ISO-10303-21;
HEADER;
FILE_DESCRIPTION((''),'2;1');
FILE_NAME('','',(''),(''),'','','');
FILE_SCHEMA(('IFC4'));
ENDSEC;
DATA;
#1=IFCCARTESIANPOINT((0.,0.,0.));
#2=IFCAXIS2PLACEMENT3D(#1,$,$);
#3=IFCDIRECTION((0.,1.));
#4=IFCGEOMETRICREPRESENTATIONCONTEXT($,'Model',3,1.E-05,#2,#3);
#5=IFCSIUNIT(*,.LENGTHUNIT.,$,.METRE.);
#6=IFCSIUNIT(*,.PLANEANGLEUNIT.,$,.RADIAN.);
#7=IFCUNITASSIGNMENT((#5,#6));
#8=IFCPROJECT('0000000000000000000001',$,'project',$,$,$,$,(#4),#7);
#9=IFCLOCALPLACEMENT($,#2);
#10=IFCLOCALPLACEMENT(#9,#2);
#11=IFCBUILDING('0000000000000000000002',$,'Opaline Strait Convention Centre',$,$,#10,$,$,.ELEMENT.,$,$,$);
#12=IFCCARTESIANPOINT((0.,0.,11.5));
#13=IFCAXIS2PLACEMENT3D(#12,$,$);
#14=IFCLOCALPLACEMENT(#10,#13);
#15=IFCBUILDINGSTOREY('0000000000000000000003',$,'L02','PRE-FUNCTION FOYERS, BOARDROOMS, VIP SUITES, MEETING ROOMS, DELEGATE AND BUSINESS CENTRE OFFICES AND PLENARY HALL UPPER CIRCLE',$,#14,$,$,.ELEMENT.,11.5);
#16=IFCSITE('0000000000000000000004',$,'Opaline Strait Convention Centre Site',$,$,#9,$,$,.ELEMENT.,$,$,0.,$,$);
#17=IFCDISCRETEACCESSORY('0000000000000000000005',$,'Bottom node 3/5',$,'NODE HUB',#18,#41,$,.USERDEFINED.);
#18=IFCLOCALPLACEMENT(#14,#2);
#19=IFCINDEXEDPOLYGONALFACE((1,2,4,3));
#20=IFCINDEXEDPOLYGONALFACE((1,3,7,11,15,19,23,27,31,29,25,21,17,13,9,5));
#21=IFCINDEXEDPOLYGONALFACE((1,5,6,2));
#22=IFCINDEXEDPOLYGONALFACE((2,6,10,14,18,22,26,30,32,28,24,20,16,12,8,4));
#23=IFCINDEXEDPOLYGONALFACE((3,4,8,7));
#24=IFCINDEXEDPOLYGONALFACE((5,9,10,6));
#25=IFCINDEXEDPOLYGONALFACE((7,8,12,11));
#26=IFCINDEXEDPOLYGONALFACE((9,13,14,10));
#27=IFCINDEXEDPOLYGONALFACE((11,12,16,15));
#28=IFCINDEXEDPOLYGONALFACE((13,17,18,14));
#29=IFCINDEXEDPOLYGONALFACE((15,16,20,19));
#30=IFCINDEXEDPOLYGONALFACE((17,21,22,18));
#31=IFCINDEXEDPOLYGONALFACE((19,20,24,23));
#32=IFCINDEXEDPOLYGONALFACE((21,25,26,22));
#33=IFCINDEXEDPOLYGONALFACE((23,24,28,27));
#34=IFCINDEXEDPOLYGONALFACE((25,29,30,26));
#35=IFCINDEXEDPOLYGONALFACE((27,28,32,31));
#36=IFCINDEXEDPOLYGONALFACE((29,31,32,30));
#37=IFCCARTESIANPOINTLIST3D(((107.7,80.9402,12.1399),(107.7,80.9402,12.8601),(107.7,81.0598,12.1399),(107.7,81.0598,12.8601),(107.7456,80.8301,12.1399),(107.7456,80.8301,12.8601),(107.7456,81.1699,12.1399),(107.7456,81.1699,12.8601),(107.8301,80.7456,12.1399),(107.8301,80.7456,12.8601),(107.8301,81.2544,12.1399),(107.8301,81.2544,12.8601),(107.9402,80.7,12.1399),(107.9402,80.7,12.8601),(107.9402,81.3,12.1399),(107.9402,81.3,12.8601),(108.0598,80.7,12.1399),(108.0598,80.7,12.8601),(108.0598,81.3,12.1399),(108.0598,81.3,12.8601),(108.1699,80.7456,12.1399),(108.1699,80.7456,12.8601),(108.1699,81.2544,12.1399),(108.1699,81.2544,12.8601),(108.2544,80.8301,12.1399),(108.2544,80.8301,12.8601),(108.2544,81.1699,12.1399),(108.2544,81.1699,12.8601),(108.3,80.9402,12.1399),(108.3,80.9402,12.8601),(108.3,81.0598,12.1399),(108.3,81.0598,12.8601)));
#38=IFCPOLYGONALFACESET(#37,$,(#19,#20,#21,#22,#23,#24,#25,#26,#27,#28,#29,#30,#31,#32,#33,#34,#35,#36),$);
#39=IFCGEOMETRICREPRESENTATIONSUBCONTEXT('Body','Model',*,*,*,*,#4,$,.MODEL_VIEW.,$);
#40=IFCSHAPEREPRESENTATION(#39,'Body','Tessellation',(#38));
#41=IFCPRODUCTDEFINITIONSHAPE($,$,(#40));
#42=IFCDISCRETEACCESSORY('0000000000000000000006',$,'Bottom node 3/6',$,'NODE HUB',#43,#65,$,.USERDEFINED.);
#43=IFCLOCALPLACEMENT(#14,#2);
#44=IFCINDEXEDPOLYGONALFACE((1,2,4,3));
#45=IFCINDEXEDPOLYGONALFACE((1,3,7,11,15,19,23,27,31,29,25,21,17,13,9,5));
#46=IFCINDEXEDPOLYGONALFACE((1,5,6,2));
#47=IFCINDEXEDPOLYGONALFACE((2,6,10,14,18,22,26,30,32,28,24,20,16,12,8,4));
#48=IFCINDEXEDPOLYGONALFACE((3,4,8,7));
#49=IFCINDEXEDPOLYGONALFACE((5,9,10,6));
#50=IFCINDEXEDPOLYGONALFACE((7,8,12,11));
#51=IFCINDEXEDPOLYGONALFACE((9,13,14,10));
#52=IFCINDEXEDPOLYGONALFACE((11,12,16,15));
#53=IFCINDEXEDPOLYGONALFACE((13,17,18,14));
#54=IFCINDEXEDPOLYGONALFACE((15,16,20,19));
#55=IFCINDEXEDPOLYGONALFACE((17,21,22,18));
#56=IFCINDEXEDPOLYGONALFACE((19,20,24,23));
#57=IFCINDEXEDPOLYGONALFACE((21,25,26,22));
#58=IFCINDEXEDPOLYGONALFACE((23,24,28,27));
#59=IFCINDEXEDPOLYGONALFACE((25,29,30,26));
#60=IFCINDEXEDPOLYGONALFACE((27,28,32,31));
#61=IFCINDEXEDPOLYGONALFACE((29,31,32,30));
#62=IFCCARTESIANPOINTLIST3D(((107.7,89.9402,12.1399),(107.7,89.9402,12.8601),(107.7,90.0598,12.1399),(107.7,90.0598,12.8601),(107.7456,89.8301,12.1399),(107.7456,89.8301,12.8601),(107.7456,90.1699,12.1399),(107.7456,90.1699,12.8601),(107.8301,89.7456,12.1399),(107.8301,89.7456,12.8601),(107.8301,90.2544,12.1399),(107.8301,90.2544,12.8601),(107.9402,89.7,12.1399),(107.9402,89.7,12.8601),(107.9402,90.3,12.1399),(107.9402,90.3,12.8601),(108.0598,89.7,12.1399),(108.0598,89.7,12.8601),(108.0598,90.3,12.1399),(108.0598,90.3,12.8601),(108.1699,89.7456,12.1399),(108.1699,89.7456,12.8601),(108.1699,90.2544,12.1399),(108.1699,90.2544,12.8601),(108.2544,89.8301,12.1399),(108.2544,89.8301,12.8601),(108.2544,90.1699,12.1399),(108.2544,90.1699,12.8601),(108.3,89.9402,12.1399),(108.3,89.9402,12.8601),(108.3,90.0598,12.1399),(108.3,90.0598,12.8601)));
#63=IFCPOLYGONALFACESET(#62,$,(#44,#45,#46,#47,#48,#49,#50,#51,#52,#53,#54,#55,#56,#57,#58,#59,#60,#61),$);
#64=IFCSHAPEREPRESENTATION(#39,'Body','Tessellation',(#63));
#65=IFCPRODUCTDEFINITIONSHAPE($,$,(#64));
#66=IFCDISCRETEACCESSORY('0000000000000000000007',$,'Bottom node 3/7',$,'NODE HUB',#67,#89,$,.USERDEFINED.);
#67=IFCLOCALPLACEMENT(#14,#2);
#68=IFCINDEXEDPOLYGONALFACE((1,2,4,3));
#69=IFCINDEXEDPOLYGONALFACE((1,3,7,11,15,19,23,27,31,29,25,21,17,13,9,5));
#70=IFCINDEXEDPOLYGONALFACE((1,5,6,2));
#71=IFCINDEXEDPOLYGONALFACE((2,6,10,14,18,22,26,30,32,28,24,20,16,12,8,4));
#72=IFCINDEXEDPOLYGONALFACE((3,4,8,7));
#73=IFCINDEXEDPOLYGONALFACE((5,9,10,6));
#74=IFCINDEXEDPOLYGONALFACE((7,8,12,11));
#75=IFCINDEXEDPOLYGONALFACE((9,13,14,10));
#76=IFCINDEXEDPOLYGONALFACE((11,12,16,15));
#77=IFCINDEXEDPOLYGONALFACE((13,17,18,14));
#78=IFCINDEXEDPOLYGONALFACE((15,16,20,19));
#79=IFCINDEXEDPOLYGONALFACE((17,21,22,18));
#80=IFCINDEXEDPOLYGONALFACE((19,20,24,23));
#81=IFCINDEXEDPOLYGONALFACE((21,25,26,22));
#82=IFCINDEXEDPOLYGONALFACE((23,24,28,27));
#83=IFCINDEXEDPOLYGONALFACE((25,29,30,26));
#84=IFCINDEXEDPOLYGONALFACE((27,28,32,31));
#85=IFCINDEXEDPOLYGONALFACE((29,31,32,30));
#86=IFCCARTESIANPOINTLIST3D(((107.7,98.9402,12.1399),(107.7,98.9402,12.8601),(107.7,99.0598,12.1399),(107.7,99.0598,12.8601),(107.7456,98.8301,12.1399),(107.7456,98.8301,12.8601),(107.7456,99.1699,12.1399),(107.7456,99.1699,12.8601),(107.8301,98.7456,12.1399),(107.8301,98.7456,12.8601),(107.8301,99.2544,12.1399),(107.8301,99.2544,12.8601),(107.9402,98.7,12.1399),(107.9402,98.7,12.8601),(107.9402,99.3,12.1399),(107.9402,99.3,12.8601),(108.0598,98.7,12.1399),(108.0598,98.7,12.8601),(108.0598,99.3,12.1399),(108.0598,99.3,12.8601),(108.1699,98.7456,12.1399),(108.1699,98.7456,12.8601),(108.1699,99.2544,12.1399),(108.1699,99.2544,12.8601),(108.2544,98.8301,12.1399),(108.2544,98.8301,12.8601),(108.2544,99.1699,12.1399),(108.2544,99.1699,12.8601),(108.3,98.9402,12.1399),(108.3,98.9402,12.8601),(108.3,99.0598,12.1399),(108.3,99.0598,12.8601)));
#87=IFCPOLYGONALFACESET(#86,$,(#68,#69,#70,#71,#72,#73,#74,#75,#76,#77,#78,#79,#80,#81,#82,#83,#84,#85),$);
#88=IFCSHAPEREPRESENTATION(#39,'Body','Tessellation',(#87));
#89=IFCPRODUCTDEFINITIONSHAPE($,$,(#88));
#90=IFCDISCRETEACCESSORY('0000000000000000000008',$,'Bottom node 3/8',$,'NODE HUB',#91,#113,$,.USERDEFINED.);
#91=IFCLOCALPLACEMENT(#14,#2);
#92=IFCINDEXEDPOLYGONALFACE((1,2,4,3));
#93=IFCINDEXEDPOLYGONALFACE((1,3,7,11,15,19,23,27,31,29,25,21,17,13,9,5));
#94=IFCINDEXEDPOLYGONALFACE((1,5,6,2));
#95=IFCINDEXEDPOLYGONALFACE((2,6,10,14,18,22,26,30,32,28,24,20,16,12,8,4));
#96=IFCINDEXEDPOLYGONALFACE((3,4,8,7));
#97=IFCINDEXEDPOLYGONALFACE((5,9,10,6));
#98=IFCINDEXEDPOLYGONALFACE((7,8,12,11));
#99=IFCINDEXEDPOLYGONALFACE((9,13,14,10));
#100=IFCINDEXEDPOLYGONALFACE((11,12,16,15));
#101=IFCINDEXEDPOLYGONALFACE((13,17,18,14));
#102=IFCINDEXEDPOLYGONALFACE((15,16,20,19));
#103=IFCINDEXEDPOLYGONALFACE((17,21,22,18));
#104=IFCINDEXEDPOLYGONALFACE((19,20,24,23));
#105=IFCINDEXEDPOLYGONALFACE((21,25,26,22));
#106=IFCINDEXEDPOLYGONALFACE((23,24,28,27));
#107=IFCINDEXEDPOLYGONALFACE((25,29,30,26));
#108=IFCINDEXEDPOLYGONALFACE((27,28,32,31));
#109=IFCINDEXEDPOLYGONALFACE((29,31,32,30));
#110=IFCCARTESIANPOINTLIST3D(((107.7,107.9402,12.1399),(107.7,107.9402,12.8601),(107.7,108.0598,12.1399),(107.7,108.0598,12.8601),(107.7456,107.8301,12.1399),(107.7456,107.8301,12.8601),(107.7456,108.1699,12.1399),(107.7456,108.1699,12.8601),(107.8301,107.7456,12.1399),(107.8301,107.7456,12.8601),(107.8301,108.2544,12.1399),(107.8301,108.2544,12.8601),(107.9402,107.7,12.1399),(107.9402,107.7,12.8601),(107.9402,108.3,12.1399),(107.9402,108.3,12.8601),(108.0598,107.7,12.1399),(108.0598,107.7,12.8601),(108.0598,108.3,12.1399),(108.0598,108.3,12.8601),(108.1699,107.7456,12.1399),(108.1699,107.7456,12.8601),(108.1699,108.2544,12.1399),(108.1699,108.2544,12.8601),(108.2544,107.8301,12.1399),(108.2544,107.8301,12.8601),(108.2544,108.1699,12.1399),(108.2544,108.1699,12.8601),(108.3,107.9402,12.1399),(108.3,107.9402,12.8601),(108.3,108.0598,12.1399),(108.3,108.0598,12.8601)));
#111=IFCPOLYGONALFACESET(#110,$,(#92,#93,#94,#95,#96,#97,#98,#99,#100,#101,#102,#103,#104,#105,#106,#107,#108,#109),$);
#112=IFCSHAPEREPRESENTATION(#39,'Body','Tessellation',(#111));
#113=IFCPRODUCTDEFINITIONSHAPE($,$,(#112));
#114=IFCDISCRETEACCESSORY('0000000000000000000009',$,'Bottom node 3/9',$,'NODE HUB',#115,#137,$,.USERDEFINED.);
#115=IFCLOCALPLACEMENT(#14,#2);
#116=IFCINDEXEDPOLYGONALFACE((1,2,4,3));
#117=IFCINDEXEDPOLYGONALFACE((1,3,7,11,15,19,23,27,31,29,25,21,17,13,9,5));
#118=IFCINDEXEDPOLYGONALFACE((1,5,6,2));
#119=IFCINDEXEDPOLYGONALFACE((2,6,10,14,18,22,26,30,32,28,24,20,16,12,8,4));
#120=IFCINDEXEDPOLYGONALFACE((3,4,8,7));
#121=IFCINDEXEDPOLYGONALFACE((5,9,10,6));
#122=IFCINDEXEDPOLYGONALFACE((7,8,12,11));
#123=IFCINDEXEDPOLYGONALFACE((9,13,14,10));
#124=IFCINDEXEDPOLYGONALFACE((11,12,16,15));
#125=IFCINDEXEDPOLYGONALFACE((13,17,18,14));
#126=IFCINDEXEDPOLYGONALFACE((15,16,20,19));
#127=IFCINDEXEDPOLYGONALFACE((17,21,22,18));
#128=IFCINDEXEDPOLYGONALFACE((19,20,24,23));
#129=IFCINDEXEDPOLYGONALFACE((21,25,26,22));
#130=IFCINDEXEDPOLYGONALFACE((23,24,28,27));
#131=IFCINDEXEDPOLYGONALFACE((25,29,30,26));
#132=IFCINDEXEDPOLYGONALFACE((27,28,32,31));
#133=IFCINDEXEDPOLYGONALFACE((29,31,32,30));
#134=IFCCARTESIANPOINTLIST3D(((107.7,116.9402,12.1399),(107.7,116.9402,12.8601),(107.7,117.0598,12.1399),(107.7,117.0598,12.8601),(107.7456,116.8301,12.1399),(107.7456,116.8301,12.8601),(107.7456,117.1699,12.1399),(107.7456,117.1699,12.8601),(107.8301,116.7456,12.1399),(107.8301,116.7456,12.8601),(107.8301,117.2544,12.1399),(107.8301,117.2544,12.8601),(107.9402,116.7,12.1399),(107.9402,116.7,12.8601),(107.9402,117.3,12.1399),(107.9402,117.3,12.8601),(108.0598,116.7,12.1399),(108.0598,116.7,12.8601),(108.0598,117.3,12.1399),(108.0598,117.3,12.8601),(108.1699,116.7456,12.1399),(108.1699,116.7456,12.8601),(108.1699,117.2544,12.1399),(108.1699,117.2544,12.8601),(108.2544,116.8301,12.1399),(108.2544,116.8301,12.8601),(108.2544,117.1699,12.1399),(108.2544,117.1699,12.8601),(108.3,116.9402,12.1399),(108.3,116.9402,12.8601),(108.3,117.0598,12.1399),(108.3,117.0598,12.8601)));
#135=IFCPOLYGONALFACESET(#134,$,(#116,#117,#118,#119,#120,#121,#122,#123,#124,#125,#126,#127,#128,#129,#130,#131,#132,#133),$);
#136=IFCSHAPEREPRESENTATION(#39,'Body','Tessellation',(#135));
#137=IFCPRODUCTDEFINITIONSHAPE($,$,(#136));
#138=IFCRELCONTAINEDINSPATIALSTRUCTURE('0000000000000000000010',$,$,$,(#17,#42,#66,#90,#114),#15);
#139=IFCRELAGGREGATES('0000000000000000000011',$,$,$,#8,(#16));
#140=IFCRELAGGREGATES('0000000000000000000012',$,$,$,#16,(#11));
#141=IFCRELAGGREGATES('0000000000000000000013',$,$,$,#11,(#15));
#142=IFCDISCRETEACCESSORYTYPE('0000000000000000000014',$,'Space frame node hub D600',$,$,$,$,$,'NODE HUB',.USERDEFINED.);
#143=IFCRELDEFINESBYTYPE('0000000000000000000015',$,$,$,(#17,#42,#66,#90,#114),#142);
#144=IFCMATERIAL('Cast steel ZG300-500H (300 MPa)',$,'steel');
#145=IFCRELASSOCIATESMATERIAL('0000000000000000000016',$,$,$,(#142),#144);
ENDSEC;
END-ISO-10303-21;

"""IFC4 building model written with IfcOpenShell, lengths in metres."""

from ifc_helpers import new_model, si_unit, direction, frame, origin, place, context, subcontext, project, spatial, polyline, outline, extrude, material, type_object, element, save


model = new_model("IFC4")

# Units and contexts
model_context = context("Model", 3, precision=1e-05, world=origin(), true_north=direction((0.0, 1.0)))
body_context = subcontext(model_context, "Body", "Model", "MODEL_VIEW")
ifc_project = project(units=[si_unit("LENGTHUNIT", "METRE"), si_unit("PLANEANGLEUNIT", "RADIAN")], contexts=[model_context])

# Site, building, storey
site_placement = place(None, origin())
site = spatial("IfcSite", under=ifc_project, at=site_placement, Name="Opaline Strait Convention Centre Site", CompositionType="ELEMENT", RefElevation=0.0)
building_placement = place(site_placement, origin())
building = spatial("IfcBuilding", under=site, at=building_placement, Name="Opaline Strait Convention Centre", CompositionType="ELEMENT")
storey_placement = place(building_placement, frame((0.0, 0.0, 11.5)))
storey = spatial("IfcBuildingStorey", under=building, at=storey_placement, Name="L02", Description="PRE-FUNCTION FOYERS, BOARDROOMS, VIP SUITES, MEETING ROOMS, DELEGATE AND BUSINESS CENTRE OFFICES AND PLENARY HALL UPPER CIRCLE", CompositionType="ELEMENT", Elevation=11.5)

# Discrete accessories
ifc_material = material(Name="Cast steel ZG300-500H (300 MPa)", Category="steel")
discrete_accessory_type_1 = type_object("IfcDiscreteAccessoryType", Name="Space frame node hub D600", ElementType="NODE HUB", PredefinedType="USERDEFINED", material=ifc_material)
discrete_accessory_1_placement = place(storey_placement, frame((0.0, 0.0, 12.1399)))
element("IfcDiscreteAccessory", 1, at=discrete_accessory_1_placement, inside=storey, type_object=discrete_accessory_type_1, Name="Bottom node 3/5", ObjectType="NODE HUB", PredefinedType="USERDEFINED", context=body_context, shape_type="SweptSolid", body=[
    extrude(outline(polyline([(108.3, 81.0598), (108.2544, 81.1699), (108.1699, 81.2544), (108.0598, 81.3), (107.9402, 81.3), (107.8301, 81.2544), (107.7456, 81.1699), (107.7, 81.0598), (107.7, 80.9402), (107.7456, 80.8301), (107.8301, 80.7456), (107.9402, 80.7), (108.0598, 80.7), (108.1699, 80.7456), (108.2544, 80.8301), (108.3, 80.9402), (108.3, 81.0598)])), origin(), (0.0, 0.0, 1.0), 0.7202),
])
discrete_accessory_2_placement = place(storey_placement, frame((0.0, 0.0, 12.1399)))
element("IfcDiscreteAccessory", 2, at=discrete_accessory_2_placement, inside=storey, type_object=discrete_accessory_type_1, Name="Bottom node 3/6", ObjectType="NODE HUB", PredefinedType="USERDEFINED", context=body_context, shape_type="SweptSolid", body=[
    extrude(outline(polyline([(108.3, 90.0598), (108.2544, 90.1699), (108.1699, 90.2544), (108.0598, 90.3), (107.9402, 90.3), (107.8301, 90.2544), (107.7456, 90.1699), (107.7, 90.0598), (107.7, 89.9402), (107.7456, 89.8301), (107.8301, 89.7456), (107.9402, 89.7), (108.0598, 89.7), (108.1699, 89.7456), (108.2544, 89.8301), (108.3, 89.9402), (108.3, 90.0598)])), origin(), (0.0, 0.0, 1.0), 0.7202),
])
discrete_accessory_3_placement = place(storey_placement, frame((0.0, 0.0, 12.1399)))
element("IfcDiscreteAccessory", 3, at=discrete_accessory_3_placement, inside=storey, type_object=discrete_accessory_type_1, Name="Bottom node 3/7", ObjectType="NODE HUB", PredefinedType="USERDEFINED", context=body_context, shape_type="SweptSolid", body=[
    extrude(outline(polyline([(108.3, 99.0598), (108.2544, 99.1699), (108.1699, 99.2544), (108.0598, 99.3), (107.9402, 99.3), (107.8301, 99.2544), (107.7456, 99.1699), (107.7, 99.0598), (107.7, 98.9402), (107.7456, 98.8301), (107.8301, 98.7456), (107.9402, 98.7), (108.0598, 98.7), (108.1699, 98.7456), (108.2544, 98.8301), (108.3, 98.9402), (108.3, 99.0598)])), origin(), (0.0, 0.0, 1.0), 0.7202),
])
discrete_accessory_4_placement = place(storey_placement, frame((0.0, 0.0, 12.1399)))
element("IfcDiscreteAccessory", 4, at=discrete_accessory_4_placement, inside=storey, type_object=discrete_accessory_type_1, Name="Bottom node 3/8", ObjectType="NODE HUB", PredefinedType="USERDEFINED", context=body_context, shape_type="SweptSolid", body=[
    extrude(outline(polyline([(108.3, 108.0598), (108.2544, 108.1699), (108.1699, 108.2544), (108.0598, 108.3), (107.9402, 108.3), (107.8301, 108.2544), (107.7456, 108.1699), (107.7, 108.0598), (107.7, 107.9402), (107.7456, 107.8301), (107.8301, 107.7456), (107.9402, 107.7), (108.0598, 107.7), (108.1699, 107.7456), (108.2544, 107.8301), (108.3, 107.9402), (108.3, 108.0598)])), origin(), (0.0, 0.0, 1.0), 0.7202),
])
discrete_accessory_5_placement = place(storey_placement, frame((0.0, 0.0, 12.1399)))
element("IfcDiscreteAccessory", 5, at=discrete_accessory_5_placement, inside=storey, type_object=discrete_accessory_type_1, Name="Bottom node 3/9", ObjectType="NODE HUB", PredefinedType="USERDEFINED", context=body_context, shape_type="SweptSolid", body=[
    extrude(outline(polyline([(108.3, 117.0598), (108.2544, 117.1699), (108.1699, 117.2544), (108.0598, 117.3), (107.9402, 117.3), (107.8301, 117.2544), (107.7456, 117.1699), (107.7, 117.0598), (107.7, 116.9402), (107.7456, 116.8301), (107.8301, 116.7456), (107.9402, 116.7), (108.0598, 116.7), (108.1699, 116.7456), (108.2544, 116.8301), (108.3, 116.9402), (108.3, 117.0598)])), origin(), (0.0, 0.0, 1.0), 0.7202),
])

save(model, "model.ifc")
